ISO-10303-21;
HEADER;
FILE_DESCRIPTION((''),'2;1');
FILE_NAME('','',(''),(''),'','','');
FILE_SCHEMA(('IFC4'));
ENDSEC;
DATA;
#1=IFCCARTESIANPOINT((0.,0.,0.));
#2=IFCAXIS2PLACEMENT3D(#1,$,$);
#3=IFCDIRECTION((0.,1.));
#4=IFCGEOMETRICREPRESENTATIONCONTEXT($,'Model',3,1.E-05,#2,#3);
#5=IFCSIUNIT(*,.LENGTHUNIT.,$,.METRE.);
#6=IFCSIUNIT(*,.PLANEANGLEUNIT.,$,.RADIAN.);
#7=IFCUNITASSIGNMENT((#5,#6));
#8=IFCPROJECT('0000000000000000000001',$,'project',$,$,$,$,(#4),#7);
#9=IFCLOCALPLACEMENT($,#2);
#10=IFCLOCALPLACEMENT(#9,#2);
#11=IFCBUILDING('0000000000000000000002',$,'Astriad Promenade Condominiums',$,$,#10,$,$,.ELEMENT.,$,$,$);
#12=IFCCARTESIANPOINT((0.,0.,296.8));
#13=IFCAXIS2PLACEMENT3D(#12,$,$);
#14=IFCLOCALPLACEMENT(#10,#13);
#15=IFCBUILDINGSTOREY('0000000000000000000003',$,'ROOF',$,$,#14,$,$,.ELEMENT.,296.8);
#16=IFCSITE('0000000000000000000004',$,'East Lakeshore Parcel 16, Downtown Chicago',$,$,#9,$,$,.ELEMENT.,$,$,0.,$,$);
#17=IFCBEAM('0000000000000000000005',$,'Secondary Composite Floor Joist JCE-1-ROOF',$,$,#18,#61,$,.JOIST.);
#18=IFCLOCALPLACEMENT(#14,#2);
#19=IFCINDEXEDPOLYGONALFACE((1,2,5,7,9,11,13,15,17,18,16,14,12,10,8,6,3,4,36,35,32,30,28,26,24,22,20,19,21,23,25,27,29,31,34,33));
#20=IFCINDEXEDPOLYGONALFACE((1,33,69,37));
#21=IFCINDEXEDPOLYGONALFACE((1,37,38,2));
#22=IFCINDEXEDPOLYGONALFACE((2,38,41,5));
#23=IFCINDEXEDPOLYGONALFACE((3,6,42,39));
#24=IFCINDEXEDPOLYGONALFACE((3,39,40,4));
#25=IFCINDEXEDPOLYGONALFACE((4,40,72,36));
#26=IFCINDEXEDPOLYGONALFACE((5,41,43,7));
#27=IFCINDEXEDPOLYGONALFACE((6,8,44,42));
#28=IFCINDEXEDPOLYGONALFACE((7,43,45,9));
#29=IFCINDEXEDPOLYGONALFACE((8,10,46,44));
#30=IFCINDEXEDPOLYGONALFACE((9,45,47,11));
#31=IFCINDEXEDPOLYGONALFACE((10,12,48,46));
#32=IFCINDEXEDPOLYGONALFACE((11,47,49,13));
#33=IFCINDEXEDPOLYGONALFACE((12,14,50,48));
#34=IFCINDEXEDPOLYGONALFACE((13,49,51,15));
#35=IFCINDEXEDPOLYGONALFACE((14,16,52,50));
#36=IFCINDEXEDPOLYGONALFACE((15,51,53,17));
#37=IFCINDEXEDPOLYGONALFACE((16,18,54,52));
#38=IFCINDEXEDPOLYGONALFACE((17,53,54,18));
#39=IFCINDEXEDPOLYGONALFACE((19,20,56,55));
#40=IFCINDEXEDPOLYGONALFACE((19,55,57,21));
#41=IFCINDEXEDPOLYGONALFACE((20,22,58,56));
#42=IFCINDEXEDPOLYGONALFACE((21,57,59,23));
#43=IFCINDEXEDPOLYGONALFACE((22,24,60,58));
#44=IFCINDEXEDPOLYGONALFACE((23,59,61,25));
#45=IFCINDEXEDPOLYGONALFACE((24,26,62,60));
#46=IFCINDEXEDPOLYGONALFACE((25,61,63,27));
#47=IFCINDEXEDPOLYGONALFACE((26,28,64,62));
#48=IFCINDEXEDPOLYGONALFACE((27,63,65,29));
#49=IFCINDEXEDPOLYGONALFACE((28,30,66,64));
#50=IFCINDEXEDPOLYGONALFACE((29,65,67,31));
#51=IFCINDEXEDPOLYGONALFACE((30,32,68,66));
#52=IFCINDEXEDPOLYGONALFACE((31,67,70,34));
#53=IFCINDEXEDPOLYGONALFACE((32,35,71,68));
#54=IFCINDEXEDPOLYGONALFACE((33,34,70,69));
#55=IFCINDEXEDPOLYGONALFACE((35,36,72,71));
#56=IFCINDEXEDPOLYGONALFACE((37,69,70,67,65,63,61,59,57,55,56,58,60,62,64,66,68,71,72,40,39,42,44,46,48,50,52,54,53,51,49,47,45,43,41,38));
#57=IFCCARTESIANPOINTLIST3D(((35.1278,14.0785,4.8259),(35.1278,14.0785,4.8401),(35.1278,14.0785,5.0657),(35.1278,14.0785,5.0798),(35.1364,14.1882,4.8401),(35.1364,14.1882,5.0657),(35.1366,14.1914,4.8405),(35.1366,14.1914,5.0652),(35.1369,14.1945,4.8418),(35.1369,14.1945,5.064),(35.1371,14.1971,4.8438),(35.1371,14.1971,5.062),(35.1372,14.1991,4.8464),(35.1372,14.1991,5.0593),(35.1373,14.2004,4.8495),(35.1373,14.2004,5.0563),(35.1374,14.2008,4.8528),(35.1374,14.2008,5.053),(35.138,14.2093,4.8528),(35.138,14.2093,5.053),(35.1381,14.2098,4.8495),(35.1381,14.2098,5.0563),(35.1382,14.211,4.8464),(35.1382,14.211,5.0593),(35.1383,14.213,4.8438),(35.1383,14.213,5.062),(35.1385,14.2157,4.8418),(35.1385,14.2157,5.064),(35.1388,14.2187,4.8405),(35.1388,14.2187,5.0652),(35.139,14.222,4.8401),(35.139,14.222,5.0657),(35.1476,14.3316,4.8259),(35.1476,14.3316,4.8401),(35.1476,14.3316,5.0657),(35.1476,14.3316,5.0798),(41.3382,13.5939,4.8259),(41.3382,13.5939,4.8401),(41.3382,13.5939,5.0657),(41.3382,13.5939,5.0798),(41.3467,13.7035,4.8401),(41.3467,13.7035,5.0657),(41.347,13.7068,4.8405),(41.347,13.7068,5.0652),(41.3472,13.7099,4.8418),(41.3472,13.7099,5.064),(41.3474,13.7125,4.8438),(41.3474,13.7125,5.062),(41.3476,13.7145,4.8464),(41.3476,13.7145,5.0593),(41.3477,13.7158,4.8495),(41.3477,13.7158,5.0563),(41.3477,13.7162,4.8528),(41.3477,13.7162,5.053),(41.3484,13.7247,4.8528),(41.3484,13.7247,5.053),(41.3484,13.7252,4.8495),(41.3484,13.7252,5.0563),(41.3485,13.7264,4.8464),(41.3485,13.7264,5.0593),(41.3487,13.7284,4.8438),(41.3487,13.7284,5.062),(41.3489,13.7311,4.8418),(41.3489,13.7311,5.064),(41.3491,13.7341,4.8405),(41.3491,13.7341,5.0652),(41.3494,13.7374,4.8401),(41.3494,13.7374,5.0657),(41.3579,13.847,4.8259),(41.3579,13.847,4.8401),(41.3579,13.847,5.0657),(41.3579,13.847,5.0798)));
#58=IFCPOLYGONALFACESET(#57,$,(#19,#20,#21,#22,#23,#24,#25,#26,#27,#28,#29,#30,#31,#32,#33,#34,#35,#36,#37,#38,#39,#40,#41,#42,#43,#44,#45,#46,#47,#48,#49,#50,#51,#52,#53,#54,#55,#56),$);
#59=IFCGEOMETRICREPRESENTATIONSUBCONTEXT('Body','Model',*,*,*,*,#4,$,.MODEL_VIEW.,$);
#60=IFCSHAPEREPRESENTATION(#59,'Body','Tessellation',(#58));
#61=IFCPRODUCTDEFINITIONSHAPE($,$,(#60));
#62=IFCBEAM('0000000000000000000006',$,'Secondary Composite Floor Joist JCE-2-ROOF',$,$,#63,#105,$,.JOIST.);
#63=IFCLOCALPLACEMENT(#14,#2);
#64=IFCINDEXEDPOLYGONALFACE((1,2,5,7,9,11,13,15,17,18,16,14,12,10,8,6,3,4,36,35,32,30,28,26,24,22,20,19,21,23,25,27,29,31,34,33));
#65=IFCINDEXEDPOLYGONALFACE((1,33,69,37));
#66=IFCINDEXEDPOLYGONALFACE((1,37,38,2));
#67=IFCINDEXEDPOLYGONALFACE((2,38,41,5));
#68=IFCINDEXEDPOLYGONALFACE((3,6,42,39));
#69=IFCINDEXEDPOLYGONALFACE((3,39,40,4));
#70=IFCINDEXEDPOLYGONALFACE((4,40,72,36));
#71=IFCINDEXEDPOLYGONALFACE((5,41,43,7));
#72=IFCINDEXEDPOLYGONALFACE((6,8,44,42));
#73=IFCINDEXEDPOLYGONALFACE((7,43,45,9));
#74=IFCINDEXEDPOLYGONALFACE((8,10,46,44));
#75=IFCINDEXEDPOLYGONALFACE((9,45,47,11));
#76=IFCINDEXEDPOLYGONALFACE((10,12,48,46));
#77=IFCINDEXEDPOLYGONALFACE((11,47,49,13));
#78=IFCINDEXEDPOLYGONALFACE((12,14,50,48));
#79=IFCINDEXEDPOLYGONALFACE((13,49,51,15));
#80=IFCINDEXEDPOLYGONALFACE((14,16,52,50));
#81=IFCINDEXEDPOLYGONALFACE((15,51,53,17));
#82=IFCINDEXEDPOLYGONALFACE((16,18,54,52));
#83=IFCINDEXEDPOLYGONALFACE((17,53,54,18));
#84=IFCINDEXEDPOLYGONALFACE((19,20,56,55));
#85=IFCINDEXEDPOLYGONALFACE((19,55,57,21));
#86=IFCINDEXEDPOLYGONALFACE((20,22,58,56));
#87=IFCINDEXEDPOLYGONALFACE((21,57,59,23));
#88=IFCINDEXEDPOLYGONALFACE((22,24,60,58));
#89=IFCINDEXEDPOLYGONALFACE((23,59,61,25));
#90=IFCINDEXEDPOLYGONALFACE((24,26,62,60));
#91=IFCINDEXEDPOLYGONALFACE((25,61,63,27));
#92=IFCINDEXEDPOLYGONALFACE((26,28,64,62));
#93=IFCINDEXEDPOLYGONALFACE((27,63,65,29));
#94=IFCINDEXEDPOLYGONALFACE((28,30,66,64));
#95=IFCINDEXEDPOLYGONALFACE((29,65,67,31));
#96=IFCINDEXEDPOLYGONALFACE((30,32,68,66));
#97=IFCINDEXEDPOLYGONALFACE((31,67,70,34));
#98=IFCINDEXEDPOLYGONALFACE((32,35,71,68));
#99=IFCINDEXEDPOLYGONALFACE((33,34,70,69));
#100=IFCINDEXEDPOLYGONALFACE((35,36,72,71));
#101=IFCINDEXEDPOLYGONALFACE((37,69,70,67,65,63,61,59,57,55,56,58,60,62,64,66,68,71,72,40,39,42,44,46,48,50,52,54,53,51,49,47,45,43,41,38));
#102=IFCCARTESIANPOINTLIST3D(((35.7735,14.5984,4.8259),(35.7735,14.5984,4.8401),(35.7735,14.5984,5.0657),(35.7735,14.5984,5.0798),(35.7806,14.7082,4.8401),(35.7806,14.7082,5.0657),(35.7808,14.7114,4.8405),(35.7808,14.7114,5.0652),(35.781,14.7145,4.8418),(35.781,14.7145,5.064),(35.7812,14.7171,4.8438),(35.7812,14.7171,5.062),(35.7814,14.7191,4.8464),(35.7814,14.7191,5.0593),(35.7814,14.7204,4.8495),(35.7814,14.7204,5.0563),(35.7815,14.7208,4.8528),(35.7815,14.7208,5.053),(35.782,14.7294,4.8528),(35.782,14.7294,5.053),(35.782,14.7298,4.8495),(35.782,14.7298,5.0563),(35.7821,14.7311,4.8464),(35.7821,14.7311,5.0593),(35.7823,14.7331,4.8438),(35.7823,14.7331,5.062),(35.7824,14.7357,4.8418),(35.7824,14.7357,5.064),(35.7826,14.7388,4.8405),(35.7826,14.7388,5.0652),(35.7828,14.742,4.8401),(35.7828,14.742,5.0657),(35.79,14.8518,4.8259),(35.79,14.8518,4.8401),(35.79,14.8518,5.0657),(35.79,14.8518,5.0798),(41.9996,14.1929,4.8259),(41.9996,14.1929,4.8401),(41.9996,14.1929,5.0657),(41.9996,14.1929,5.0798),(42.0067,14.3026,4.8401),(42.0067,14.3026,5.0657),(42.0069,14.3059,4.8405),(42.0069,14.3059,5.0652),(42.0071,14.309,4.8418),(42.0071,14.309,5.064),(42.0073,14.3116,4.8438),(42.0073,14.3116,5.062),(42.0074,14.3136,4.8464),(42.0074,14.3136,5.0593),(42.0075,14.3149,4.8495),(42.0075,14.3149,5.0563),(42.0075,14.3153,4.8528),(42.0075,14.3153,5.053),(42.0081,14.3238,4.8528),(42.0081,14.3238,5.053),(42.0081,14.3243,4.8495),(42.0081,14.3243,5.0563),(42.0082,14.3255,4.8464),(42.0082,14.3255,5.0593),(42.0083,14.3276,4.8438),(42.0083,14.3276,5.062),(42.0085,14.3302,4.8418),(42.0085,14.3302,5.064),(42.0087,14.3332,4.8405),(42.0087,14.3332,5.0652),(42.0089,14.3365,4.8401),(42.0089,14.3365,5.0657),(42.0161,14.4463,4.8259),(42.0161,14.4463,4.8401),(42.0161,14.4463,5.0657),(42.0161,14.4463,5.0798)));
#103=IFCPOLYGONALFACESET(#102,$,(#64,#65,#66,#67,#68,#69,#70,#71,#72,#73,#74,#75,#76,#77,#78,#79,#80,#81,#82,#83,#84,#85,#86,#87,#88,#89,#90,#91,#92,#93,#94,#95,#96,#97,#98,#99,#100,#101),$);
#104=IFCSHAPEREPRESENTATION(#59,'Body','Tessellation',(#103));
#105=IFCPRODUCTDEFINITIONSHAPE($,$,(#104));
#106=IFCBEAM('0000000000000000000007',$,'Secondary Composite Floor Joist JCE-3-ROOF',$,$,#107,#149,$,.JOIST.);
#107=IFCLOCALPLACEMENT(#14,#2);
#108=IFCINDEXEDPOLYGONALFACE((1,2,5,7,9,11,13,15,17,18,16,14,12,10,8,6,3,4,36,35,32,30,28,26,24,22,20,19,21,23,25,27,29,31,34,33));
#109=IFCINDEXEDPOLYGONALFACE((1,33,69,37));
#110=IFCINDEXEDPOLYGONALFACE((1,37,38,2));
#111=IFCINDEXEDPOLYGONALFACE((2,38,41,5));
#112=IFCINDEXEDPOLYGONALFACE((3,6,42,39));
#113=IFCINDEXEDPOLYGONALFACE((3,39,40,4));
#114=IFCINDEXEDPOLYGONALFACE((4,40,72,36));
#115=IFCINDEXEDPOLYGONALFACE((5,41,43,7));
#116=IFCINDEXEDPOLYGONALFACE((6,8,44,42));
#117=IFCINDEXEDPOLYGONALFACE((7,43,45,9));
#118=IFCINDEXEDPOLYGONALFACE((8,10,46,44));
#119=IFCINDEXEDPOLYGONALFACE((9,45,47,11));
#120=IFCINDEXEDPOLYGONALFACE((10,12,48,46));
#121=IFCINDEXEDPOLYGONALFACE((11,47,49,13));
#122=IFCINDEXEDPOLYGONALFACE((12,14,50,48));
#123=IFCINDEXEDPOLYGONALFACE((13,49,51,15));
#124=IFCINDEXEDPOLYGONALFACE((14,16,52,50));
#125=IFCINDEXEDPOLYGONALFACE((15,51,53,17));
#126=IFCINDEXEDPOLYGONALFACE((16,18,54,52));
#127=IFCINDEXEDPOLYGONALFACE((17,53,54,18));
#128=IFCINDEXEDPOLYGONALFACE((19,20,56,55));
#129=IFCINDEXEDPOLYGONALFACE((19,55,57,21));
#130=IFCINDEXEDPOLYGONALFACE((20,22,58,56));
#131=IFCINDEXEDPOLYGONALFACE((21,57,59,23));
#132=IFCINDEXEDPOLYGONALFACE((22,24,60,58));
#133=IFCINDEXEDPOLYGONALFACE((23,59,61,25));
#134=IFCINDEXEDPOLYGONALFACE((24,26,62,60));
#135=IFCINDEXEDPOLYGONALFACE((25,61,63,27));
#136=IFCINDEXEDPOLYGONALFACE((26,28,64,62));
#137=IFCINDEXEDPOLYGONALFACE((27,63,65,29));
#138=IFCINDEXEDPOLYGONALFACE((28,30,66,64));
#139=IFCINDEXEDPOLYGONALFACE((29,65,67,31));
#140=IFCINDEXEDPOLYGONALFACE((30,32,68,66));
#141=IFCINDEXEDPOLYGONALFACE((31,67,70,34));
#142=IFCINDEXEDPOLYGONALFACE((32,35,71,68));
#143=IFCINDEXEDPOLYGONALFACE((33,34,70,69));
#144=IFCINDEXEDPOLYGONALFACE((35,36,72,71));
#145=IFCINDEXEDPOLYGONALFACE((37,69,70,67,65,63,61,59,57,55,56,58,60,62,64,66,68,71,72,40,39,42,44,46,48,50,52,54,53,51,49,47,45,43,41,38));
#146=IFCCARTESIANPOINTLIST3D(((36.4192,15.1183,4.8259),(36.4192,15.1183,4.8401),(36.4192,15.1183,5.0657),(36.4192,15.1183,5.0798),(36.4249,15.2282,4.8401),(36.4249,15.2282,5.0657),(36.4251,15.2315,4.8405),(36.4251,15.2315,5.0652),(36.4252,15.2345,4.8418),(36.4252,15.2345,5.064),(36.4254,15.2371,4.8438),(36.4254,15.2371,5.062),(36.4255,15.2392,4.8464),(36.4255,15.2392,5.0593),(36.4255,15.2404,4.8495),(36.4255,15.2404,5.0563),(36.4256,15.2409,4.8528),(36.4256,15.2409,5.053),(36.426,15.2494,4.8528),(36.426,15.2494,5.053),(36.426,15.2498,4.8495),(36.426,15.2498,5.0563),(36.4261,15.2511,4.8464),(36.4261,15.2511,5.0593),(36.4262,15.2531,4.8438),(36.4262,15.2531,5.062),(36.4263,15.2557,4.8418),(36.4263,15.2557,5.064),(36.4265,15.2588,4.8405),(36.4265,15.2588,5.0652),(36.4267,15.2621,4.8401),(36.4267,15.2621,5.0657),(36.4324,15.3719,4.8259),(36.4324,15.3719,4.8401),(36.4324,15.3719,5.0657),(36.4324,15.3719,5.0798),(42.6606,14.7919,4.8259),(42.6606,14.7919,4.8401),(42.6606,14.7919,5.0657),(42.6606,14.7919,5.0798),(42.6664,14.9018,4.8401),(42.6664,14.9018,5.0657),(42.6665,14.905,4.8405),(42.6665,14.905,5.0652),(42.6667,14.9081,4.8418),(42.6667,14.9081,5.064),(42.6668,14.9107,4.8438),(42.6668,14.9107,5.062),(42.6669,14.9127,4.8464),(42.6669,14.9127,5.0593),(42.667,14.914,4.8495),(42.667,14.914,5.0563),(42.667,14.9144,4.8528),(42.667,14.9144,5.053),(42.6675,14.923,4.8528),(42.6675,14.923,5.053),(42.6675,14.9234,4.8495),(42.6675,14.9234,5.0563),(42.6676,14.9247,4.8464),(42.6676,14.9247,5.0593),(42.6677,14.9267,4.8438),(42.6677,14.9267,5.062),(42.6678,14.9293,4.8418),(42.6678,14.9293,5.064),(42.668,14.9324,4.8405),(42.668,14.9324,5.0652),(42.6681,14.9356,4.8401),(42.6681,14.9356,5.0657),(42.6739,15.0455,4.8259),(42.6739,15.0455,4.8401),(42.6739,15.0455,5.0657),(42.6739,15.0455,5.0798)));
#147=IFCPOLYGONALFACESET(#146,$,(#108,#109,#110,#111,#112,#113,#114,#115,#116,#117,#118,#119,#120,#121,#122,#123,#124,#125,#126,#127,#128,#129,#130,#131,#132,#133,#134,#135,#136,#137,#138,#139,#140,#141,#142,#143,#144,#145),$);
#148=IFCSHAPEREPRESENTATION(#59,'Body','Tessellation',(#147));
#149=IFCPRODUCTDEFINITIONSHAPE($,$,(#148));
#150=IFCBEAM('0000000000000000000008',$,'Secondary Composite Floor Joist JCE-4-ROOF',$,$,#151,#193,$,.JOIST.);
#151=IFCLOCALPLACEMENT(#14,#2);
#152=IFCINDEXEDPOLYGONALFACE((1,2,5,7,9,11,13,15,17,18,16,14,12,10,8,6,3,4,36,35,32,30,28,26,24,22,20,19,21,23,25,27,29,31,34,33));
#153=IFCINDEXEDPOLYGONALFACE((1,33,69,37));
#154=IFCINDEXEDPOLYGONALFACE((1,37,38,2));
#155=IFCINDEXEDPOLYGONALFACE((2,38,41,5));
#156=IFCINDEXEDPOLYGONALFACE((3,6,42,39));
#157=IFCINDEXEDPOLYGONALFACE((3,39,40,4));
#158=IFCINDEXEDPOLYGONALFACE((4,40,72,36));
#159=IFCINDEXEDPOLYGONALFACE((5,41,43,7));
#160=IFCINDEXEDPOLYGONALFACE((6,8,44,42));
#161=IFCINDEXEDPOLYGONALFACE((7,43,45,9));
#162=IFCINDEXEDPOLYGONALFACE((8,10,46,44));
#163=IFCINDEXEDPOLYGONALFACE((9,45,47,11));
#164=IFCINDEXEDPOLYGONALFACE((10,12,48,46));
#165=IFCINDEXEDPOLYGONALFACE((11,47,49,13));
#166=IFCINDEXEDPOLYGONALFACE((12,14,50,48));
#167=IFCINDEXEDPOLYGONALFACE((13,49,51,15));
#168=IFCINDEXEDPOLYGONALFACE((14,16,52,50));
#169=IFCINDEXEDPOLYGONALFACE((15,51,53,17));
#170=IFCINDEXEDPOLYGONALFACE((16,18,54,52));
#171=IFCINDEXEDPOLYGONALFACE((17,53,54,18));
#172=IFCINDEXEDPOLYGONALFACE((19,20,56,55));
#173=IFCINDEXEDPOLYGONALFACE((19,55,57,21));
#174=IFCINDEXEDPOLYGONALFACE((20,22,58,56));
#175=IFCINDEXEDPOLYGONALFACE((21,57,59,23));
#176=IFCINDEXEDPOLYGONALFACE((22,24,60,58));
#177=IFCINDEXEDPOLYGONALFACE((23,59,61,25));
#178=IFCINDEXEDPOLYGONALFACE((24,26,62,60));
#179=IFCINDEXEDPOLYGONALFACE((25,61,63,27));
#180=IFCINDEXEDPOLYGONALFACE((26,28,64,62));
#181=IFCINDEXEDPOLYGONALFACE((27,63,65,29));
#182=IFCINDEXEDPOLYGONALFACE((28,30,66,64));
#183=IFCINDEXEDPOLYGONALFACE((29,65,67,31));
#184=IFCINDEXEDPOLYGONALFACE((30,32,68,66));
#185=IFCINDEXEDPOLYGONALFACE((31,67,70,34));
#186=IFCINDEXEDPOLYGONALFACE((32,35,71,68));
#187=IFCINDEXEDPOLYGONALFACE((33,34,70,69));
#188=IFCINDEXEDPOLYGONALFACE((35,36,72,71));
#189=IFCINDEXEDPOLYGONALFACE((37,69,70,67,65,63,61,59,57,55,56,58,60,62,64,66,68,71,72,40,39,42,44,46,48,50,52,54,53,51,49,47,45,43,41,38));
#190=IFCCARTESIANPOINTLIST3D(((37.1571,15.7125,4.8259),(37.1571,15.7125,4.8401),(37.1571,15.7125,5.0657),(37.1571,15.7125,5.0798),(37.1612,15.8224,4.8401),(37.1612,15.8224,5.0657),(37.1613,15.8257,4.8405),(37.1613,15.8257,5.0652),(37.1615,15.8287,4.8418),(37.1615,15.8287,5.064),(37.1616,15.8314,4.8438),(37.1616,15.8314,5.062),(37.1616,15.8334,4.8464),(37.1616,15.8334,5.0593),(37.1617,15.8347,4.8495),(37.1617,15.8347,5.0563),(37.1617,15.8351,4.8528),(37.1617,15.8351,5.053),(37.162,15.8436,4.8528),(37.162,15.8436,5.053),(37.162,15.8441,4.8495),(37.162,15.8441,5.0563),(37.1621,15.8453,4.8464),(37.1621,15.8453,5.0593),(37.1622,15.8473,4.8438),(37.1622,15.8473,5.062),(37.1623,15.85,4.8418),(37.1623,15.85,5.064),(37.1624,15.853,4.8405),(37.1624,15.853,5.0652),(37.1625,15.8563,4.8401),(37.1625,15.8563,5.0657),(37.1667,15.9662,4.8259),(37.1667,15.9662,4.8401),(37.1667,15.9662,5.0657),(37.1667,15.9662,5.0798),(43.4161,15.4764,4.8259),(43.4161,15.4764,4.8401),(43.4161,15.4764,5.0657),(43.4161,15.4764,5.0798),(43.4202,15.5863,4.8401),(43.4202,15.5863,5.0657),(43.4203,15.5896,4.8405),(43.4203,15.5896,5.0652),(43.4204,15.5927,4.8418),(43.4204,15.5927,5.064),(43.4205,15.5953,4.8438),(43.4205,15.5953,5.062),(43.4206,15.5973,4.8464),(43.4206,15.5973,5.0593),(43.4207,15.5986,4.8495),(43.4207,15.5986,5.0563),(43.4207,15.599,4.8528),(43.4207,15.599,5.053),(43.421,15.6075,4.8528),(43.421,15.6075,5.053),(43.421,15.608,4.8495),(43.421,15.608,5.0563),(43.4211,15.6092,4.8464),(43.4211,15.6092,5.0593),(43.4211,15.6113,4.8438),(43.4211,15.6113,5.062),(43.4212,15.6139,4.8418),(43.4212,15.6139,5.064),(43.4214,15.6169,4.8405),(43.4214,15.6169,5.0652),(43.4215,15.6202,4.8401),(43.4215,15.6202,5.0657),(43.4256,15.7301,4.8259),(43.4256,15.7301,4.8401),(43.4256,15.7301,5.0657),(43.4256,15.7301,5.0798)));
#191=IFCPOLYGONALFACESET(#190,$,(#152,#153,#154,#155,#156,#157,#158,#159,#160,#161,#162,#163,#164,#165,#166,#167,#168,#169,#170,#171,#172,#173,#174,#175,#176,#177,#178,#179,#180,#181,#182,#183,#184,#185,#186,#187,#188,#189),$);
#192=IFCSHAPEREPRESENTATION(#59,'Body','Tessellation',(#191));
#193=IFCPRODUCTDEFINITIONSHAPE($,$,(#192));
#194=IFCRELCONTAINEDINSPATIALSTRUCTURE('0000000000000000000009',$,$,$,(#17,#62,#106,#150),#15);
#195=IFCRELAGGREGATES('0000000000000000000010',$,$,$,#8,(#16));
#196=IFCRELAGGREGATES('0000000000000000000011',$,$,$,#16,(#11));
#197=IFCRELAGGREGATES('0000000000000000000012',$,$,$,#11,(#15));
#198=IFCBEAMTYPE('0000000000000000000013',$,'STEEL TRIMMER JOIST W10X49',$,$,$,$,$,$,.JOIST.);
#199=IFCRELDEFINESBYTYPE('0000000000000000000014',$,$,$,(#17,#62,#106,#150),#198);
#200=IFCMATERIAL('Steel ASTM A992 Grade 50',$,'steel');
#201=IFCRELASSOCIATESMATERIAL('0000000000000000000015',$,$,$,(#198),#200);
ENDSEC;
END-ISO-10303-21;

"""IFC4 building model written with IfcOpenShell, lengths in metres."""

from ifc_helpers import new_model, si_unit, direction, frame, origin, origin_2d, place, context, subcontext, project, spatial, i_section, extrude, source, transform, mapped, material, material_profile, profile_set, type_object, element, save


model = new_model("IFC4")

# Units and contexts
model_context = context("Model", 3, precision=1e-05, world=origin(), true_north=direction((0.0, 1.0)))
body_context = subcontext(model_context, "Body", "Model", "MODEL_VIEW")
ifc_project = project(units=[si_unit("LENGTHUNIT", "METRE"), si_unit("PLANEANGLEUNIT", "RADIAN")], contexts=[model_context])

# Site, building, storey
site_placement = place(None, origin())
site = spatial("IfcSite", under=ifc_project, at=site_placement, Name="East Lakeshore Parcel 16, Downtown Chicago", CompositionType="ELEMENT", RefElevation=0.0)
building_placement = place(site_placement, origin())
building = spatial("IfcBuilding", under=site, at=building_placement, Name="Astriad Promenade Condominiums", CompositionType="ELEMENT")
storey_placement = place(building_placement, frame((0.0, 0.0, 296.8)))
storey = spatial("IfcBuildingStorey", under=building, at=storey_placement, Name="ROOF", CompositionType="ELEMENT", Elevation=296.8)

# Shared definitions
ifc_material_1 = material(Name="Steel ASTM A992 Grade 50", Category="steel")

# Beams
ifc_material_profile_1 = material_profile(ifc_material_1, i_section(OverallWidth=0.2539, OverallDepth=0.2539, WebThickness=0.0085, FlangeThickness=0.0142, FilletRadius=0.0127, at=origin_2d()), Name="W10X49")
ifc_profile_set_1 = profile_set([ifc_material_profile_1], Name="Steel ASTM A992 Grade 50")
beam_type_1 = type_object("IfcBeamType", Name="STEEL TRIMMER JOIST W10X49", PredefinedType="JOIST", material=ifc_profile_set_1)
shared_shape_1 = source(origin(), body_context, "Body", "SweptSolid", [
    extrude(i_section(OverallWidth=0.2539, OverallDepth=0.2539, WebThickness=0.0085, FlangeThickness=0.0142, FilletRadius=0.0127, at=origin_2d()), origin(), (0.0, 0.0, 1.0), 6.2292),
])
beam_1_placement = place(storey_placement, frame((35.1377, 14.2051, 4.9529), z_axis=(0.996969, -0.077796, 0.0), x_axis=(0.077796, 0.996969, 0.0)))
element("IfcBeam", 1, at=beam_1_placement, inside=storey, type_object=beam_type_1, Name="Secondary Composite Floor Joist JCE-1-ROOF", PredefinedType="JOIST", context=body_context, shape_type="MappedRepresentation", body=[
    mapped(shared_shape_1, transform((0.0, 0.0, 0.0), scale=1.0)),
])
shared_shape_2 = source(origin(), body_context, "Body", "SweptSolid", [
    extrude(i_section(OverallWidth=0.2539, OverallDepth=0.2539, WebThickness=0.0085, FlangeThickness=0.0142, FilletRadius=0.0127, at=origin_2d()), origin(), (0.0, 0.0, 1.0), 6.2393),
])
beam_2_placement = place(storey_placement, frame((35.7817, 14.7251, 4.9529), z_axis=(0.997886, -0.064994, 0.0), x_axis=(0.064994, 0.997886, 0.0)))
element("IfcBeam", 2, at=beam_2_placement, inside=storey, type_object=beam_type_1, Name="Secondary Composite Floor Joist JCE-2-ROOF", PredefinedType="JOIST", context=body_context, shape_type="MappedRepresentation", body=[
    mapped(shared_shape_2, transform((0.0, 0.0, 0.0), scale=1.0)),
])
shared_shape_3 = source(origin(), body_context, "Body", "SweptSolid", [
    extrude(i_section(OverallWidth=0.2539, OverallDepth=0.2539, WebThickness=0.0085, FlangeThickness=0.0142, FilletRadius=0.0127, at=origin_2d()), origin(), (0.0, 0.0, 1.0), 6.25),
])
beam_3_placement = place(storey_placement, frame((36.4258, 15.2451, 4.9529), z_axis=(0.998635, -0.052227, 0.0), x_axis=(0.052227, 0.998635, 0.0)))
element("IfcBeam", 3, at=beam_3_placement, inside=storey, type_object=beam_type_1, Name="Secondary Composite Floor Joist JCE-3-ROOF", PredefinedType="JOIST", context=body_context, shape_type="MappedRepresentation", body=[
    mapped(shared_shape_3, transform((0.0, 0.0, 0.0), scale=1.0)),
])
shared_shape_4 = source(origin(), body_context, "Body", "SweptSolid", [
    extrude(i_section(OverallWidth=0.2539, OverallDepth=0.2539, WebThickness=0.0085, FlangeThickness=0.0142, FilletRadius=0.0127, at=origin_2d()), origin(), (0.0, 0.0, 1.0), 6.2634),
])
beam_4_placement = place(storey_placement, frame((37.1619, 15.8394, 4.9529), z_axis=(0.999289, -0.037692, 0.0), x_axis=(0.037692, 0.999289, 0.0)))
element("IfcBeam", 4, at=beam_4_placement, inside=storey, type_object=beam_type_1, Name="Secondary Composite Floor Joist JCE-4-ROOF", PredefinedType="JOIST", context=body_context, shape_type="MappedRepresentation", body=[
    mapped(shared_shape_4, transform((0.0, 0.0, 0.0), scale=1.0)),
])

save(model, "model.ifc")
